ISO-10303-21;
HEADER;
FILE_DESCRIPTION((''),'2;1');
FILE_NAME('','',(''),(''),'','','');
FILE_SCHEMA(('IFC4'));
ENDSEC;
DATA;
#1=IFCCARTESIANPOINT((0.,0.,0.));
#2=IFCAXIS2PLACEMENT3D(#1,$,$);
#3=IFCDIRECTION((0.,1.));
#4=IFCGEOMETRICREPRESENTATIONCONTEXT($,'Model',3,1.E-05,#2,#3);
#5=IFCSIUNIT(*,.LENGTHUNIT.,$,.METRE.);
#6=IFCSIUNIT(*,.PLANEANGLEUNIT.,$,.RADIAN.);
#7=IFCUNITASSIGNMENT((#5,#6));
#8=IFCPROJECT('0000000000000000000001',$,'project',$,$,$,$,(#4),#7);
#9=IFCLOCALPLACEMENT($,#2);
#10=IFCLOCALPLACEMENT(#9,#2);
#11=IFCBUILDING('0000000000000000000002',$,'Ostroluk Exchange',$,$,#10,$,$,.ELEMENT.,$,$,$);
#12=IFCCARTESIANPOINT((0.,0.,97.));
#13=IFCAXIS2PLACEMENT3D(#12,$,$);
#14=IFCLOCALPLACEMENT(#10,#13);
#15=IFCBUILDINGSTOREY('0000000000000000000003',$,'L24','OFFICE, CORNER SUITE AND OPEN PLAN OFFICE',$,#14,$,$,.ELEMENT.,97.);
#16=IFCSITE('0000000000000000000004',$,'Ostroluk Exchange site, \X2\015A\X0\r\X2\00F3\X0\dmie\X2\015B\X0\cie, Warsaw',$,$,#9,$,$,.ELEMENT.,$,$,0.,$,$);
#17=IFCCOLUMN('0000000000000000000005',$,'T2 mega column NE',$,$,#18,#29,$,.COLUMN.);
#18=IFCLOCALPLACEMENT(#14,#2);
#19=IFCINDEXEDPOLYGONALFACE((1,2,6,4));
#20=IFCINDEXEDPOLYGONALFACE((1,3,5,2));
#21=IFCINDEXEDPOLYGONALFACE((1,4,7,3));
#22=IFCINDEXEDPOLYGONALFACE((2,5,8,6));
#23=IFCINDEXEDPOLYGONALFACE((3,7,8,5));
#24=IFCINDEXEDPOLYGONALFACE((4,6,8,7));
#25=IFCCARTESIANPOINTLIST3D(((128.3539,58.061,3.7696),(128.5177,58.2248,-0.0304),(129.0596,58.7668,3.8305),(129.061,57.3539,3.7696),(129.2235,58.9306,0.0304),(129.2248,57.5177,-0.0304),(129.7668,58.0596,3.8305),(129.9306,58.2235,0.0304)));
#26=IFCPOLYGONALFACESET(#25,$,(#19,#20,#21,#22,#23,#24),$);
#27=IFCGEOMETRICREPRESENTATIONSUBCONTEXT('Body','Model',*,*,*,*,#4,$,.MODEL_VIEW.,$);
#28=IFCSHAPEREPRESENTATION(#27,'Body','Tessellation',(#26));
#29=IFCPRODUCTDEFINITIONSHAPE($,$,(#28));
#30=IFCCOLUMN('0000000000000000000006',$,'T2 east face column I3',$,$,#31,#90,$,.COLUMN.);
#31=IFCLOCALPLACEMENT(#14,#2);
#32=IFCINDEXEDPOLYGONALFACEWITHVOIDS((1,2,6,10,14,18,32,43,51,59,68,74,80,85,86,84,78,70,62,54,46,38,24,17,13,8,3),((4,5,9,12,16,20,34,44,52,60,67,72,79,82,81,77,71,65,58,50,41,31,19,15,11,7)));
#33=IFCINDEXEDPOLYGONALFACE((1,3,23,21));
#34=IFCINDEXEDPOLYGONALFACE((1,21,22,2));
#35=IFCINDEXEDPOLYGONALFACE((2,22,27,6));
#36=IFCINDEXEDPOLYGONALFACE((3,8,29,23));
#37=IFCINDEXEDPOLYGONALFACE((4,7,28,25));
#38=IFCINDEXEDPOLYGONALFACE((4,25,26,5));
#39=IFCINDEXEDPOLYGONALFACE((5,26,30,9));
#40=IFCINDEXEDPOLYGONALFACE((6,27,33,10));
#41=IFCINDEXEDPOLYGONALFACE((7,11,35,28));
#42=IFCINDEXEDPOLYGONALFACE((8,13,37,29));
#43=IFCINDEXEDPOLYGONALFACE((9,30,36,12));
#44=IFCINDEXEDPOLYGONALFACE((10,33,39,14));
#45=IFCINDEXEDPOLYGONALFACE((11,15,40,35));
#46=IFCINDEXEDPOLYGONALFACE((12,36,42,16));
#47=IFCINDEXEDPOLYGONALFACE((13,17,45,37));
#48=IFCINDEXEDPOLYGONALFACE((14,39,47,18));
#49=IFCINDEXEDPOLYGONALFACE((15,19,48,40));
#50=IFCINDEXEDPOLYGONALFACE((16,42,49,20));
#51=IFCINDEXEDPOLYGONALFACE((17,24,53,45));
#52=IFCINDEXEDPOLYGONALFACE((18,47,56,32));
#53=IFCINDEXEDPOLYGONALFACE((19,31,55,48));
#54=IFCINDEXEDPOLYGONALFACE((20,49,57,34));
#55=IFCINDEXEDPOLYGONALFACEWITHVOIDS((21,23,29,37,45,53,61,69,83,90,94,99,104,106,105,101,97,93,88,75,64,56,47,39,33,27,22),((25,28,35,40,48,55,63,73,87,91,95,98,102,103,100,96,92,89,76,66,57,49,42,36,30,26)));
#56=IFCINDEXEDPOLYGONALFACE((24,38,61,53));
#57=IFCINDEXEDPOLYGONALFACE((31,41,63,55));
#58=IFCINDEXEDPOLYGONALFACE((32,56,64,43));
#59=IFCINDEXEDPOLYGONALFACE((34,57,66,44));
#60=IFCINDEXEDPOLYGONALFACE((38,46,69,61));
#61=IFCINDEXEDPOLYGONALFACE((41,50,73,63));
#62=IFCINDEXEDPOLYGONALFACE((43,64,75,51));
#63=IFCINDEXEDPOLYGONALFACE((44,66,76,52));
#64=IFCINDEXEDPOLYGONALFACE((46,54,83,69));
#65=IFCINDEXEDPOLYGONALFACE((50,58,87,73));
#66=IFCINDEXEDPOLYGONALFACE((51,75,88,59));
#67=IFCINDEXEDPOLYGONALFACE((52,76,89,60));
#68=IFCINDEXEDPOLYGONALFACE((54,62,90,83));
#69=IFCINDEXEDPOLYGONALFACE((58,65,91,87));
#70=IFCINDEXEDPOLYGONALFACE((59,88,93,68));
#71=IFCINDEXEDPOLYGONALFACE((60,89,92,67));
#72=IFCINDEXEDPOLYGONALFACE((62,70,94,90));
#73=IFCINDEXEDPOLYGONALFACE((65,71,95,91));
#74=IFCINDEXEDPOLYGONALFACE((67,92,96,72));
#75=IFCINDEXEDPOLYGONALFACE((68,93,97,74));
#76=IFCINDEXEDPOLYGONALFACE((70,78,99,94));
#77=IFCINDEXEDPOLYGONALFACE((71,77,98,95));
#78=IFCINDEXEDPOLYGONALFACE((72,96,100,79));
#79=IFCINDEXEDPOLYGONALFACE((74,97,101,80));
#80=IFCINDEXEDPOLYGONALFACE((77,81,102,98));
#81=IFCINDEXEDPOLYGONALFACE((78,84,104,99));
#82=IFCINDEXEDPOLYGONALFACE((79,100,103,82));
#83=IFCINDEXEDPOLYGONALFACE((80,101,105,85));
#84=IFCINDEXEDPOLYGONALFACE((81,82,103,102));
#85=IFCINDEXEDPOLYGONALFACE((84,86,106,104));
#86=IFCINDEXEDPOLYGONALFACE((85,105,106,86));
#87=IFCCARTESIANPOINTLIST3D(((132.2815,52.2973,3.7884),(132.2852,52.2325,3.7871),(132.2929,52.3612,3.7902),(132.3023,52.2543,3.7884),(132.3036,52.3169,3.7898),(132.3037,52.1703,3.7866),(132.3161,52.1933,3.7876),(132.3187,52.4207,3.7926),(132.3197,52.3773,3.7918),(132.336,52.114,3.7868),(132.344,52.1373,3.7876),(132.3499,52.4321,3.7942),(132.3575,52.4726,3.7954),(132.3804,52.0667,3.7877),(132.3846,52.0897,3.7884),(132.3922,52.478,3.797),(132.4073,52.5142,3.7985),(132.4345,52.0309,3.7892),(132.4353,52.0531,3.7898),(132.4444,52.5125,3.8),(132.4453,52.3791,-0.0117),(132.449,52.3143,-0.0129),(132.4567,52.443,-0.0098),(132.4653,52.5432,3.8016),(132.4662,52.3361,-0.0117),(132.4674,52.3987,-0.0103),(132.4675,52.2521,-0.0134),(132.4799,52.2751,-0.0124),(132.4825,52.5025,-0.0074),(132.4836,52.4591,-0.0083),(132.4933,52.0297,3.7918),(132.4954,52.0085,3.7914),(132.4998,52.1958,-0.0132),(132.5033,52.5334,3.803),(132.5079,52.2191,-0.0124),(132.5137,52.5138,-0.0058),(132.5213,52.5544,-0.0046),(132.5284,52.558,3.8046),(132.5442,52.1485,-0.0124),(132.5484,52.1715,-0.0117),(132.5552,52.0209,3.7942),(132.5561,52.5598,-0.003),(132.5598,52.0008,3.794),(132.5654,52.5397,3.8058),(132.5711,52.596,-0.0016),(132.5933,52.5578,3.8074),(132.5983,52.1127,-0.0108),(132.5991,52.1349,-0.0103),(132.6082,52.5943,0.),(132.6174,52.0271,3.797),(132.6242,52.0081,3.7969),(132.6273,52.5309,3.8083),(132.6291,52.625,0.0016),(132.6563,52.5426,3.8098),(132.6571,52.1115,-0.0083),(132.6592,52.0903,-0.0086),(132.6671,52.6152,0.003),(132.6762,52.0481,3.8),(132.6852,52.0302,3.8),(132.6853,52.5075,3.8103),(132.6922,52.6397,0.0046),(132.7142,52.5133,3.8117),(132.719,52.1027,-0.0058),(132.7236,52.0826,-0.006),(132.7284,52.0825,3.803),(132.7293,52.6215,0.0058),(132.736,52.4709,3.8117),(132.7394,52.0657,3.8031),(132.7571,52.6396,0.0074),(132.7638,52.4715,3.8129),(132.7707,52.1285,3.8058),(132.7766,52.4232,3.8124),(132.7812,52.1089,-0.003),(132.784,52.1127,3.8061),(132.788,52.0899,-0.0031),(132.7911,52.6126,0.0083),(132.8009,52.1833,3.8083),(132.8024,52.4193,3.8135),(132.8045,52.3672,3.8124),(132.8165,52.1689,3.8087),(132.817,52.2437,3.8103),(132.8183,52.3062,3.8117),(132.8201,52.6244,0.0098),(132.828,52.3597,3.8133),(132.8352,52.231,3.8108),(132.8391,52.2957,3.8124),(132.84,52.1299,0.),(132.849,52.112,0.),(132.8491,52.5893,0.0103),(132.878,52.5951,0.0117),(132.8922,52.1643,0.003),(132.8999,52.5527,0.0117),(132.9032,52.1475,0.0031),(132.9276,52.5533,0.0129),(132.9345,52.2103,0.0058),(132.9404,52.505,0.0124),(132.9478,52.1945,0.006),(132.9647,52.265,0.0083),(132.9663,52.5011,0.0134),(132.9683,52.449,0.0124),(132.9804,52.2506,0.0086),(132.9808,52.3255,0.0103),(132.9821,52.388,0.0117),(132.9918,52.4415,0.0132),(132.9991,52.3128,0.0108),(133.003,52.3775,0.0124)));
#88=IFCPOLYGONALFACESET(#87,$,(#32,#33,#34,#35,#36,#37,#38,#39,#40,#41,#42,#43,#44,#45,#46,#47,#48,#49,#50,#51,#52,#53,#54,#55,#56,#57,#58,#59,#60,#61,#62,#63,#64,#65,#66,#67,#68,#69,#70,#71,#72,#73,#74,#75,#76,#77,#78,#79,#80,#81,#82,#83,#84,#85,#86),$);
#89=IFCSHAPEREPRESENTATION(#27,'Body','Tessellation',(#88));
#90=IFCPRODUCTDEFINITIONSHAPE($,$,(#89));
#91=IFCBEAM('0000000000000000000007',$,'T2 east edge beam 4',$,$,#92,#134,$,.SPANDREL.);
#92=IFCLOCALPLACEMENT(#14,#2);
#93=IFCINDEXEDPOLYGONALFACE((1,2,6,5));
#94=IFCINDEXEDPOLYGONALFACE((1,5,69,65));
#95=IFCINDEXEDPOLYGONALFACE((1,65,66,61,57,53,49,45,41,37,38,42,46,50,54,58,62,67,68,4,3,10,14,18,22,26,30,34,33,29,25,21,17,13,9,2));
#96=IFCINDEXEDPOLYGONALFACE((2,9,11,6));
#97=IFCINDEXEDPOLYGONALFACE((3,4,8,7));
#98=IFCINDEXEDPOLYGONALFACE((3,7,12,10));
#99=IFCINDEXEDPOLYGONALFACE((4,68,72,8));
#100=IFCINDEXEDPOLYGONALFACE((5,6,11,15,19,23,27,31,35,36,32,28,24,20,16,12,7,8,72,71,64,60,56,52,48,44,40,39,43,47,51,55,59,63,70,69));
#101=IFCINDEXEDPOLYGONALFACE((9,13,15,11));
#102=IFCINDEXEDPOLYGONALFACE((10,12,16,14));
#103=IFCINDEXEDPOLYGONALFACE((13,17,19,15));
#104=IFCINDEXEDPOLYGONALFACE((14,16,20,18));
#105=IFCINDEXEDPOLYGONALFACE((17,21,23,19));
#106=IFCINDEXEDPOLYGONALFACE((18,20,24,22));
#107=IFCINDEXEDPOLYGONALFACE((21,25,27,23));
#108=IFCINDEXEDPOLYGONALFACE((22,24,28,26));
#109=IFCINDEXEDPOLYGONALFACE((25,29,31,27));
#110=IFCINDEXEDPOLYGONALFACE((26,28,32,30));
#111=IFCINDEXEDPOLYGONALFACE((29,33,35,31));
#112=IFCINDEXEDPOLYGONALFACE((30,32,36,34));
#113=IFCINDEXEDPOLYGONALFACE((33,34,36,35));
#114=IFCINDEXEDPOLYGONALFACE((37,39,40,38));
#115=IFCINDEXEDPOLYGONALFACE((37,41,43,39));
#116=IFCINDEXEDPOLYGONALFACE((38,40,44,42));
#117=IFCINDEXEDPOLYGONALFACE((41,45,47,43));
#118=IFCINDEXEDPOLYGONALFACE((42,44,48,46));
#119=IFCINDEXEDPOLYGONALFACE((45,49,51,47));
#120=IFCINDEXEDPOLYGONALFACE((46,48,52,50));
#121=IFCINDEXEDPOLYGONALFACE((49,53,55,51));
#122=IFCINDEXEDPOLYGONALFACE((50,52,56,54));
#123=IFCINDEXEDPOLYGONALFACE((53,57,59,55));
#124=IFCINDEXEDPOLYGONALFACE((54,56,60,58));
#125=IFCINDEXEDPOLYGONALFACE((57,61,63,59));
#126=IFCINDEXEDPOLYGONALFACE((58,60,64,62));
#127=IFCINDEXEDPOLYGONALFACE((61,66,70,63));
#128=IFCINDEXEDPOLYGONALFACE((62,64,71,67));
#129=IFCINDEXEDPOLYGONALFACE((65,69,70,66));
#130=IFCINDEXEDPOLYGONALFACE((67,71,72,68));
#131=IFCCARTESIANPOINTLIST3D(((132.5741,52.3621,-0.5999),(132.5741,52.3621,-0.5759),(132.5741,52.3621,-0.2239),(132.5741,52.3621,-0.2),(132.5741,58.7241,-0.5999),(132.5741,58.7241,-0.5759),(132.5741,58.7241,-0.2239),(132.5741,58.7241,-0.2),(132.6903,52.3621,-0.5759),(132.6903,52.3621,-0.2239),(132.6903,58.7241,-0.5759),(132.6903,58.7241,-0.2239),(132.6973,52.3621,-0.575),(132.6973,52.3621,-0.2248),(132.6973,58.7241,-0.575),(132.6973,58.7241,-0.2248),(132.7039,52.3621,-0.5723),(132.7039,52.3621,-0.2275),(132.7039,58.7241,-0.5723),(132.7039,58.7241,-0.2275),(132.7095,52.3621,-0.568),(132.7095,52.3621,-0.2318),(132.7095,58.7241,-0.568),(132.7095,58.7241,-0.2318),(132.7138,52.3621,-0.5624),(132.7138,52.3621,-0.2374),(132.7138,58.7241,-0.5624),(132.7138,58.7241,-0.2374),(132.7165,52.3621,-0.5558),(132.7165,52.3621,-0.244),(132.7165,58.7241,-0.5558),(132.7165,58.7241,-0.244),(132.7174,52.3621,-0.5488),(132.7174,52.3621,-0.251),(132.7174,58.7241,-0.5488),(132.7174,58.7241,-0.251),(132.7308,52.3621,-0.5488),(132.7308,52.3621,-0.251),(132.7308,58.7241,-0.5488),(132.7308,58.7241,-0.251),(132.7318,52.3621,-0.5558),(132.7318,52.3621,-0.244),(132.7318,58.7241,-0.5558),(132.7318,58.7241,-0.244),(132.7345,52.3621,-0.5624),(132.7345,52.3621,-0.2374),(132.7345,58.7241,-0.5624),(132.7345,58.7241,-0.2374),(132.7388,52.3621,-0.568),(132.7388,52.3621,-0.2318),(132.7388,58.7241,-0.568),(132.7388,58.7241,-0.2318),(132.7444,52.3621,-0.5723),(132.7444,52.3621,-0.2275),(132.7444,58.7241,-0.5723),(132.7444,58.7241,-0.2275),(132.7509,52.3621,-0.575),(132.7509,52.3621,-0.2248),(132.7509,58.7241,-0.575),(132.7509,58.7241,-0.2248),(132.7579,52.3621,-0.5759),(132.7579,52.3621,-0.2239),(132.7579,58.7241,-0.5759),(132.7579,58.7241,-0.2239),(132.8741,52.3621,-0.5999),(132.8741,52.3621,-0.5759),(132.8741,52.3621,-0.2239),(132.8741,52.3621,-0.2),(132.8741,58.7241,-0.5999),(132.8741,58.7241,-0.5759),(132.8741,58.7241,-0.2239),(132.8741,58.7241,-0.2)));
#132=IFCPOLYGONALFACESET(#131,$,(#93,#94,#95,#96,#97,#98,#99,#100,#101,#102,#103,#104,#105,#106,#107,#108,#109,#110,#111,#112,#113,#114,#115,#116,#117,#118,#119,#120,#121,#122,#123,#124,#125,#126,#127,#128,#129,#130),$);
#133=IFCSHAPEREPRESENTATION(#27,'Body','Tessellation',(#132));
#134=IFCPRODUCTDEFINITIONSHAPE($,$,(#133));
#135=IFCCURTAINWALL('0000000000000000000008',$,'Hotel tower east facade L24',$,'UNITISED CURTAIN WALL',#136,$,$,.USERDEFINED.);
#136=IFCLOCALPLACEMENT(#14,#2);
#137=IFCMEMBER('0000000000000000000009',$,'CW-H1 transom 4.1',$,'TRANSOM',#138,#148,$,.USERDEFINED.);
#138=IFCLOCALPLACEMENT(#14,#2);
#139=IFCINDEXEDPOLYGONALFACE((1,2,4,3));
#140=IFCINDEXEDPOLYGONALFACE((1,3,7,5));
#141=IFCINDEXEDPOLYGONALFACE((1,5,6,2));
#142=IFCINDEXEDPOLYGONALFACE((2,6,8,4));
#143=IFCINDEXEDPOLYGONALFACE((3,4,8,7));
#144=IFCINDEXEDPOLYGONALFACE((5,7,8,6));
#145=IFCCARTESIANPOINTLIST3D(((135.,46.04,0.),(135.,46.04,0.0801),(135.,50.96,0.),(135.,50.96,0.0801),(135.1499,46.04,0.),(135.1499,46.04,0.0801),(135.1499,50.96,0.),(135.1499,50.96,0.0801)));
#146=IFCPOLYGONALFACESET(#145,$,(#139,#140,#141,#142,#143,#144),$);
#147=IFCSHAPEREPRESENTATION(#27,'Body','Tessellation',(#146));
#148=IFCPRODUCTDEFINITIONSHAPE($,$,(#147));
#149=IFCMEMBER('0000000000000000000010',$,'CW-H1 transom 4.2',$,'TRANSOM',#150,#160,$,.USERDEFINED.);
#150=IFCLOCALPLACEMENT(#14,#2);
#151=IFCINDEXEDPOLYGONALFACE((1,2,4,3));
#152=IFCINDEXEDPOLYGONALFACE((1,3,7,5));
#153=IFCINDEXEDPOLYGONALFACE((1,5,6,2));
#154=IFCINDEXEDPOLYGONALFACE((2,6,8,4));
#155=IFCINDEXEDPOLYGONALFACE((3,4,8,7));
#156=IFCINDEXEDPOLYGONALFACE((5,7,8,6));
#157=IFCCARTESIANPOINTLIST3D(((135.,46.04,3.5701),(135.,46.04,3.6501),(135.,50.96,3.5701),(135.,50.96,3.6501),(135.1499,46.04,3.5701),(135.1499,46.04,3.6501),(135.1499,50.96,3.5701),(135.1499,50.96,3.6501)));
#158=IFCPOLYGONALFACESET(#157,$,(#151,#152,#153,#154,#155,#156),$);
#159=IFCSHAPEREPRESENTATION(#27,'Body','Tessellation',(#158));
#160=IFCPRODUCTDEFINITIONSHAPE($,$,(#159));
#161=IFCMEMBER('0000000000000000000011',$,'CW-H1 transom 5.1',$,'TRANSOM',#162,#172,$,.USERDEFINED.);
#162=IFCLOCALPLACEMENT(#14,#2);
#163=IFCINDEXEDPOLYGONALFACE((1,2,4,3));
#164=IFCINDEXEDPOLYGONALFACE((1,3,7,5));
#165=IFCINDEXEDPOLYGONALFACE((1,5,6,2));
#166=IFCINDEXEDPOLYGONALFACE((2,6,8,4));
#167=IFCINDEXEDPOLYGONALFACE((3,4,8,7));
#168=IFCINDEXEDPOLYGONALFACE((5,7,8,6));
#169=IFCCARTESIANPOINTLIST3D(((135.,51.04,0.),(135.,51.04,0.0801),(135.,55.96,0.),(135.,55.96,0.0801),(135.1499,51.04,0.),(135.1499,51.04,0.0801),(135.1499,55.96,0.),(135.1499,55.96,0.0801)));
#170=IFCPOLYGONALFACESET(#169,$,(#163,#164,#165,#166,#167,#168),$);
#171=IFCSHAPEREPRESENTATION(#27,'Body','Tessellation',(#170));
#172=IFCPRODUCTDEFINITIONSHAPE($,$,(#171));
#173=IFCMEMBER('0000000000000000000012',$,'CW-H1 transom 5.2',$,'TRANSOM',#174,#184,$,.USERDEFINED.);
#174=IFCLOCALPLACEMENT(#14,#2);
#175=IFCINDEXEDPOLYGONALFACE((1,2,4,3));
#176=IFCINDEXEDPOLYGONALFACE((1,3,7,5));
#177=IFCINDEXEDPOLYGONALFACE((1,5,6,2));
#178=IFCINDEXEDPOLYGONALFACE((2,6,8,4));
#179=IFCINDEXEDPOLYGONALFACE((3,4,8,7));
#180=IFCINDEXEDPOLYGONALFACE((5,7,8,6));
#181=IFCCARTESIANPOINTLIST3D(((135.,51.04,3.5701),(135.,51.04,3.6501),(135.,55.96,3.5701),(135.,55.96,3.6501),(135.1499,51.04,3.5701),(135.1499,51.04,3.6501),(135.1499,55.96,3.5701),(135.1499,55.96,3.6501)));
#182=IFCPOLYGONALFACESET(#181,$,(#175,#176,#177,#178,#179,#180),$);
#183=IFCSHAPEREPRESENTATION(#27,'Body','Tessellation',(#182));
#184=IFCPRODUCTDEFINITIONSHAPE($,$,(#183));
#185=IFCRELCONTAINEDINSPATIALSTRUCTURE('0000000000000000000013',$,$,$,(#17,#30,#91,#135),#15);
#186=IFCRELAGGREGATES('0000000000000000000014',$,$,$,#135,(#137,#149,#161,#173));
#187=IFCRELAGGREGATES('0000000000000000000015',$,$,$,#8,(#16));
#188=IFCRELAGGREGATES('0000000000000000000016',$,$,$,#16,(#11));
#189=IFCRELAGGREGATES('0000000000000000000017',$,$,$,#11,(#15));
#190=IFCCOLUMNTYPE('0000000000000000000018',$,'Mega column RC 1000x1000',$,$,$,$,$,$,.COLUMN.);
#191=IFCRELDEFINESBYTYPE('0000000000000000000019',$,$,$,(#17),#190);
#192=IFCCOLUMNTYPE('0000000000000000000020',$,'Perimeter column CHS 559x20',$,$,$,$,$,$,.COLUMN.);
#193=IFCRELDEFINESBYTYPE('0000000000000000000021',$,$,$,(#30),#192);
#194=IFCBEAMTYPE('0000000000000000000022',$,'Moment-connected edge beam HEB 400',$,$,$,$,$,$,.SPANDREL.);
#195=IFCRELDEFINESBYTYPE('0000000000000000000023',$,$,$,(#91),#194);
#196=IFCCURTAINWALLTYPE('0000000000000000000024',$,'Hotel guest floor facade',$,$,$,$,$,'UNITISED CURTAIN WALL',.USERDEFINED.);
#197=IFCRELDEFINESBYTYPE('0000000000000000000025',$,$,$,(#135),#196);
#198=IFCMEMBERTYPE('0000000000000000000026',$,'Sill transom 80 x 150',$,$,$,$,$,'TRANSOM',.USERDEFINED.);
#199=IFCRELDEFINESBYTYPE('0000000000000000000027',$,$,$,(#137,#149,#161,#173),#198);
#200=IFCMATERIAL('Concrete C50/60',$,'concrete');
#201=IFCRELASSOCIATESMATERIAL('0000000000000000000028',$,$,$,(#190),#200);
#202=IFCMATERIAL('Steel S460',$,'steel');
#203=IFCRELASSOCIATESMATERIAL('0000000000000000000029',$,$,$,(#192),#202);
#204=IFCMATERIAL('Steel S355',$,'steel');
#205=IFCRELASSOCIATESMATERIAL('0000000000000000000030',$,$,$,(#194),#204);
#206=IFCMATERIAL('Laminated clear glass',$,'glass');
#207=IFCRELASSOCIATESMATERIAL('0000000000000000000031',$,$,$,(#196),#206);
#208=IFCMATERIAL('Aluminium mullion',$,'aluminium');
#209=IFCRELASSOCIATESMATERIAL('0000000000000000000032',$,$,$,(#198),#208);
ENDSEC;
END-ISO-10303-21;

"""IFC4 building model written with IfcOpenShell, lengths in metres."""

from ifc_helpers import new_model, si_unit, direction, frame, origin, origin_2d, place, context, subcontext, project, spatial, rectangle, hollow_circle, i_section, extrude, material, material_profile, profile_set, type_object, element, aggregate, save


model = new_model("IFC4")

# Units and contexts
model_context = context("Model", 3, precision=1e-05, world=origin(), true_north=direction((0.0, 1.0)))
body_context = subcontext(model_context, "Body", "Model", "MODEL_VIEW")
ifc_project = project(units=[si_unit("LENGTHUNIT", "METRE"), si_unit("PLANEANGLEUNIT", "RADIAN")], contexts=[model_context])

# Site, building, storey
site_placement = place(None, origin())
site = spatial("IfcSite", under=ifc_project, at=site_placement, Name="Ostroluk Exchange site, Śródmieście, Warsaw", CompositionType="ELEMENT", RefElevation=0.0)
building_placement = place(site_placement, origin())
building = spatial("IfcBuilding", under=site, at=building_placement, Name="Ostroluk Exchange", CompositionType="ELEMENT")
storey_placement = place(building_placement, frame((0.0, 0.0, 97.0)))
storey = spatial("IfcBuildingStorey", under=building, at=storey_placement, Name="L24", Description="OFFICE, CORNER SUITE AND OPEN PLAN OFFICE", CompositionType="ELEMENT", Elevation=97.0)

# Columns
ifc_material_1 = material(Name="Concrete C50/60", Category="concrete")
ifc_material_profile_1 = material_profile(ifc_material_1, rectangle(XDim=1.0, YDim=1.0, at=origin_2d()), Name="RC 1000x1000")
ifc_profile_set_1 = profile_set([ifc_material_profile_1], Name="Concrete C50/60")
column_type_1 = type_object("IfcColumnType", Name="Mega column RC 1000x1000", PredefinedType="COLUMN", material=ifc_profile_set_1)
column_1_placement = place(storey_placement, frame((129.2241, 58.2241, 0.0), z_axis=(-0.04303, -0.04303, 0.998147), x_axis=(0.707107, -0.707107, 0.0)))
element("IfcColumn", 1, at=column_1_placement, inside=storey, type_object=column_type_1, Name="T2 mega column NE", PredefinedType="COLUMN", context=body_context, shape_type="SweptSolid", body=[
    extrude(rectangle(XDim=1.0, YDim=1.0, at=origin_2d()), origin(), (0.0, 0.0, 1.0), 3.8071),
])
ifc_material_2 = material(Name="Steel S460", Category="steel")
ifc_material_profile_2 = material_profile(ifc_material_2, hollow_circle(Radius=0.2795, WallThickness=0.02, at=origin_2d()), Name="CHS 559x20")
ifc_profile_set_2 = profile_set([ifc_material_profile_2], Name="Steel S460")
column_type_2 = type_object("IfcColumnType", Name="Perimeter column CHS 559x20", PredefinedType="COLUMN", material=ifc_profile_set_2)
column_2_placement = place(storey_placement, frame((132.7241, 52.3621, 0.0), z_axis=(-0.04306, -0.021498, 0.998841), x_axis=(0.44668, -0.894694, 0.0)))
element("IfcColumn", 2, at=column_2_placement, inside=storey, type_object=column_type_2, Name="T2 east face column I3", PredefinedType="COLUMN", context=body_context, shape_type="SweptSolid", body=[
    extrude(hollow_circle(Radius=0.2795, WallThickness=0.02, at=origin_2d()), origin(), (0.0, 0.0, 1.0), 3.8044),
])

# Beam
ifc_material_3 = material(Name="Steel S355", Category="steel")
ifc_material_profile_3 = material_profile(ifc_material_3, i_section(OverallWidth=0.3, OverallDepth=0.3999, WebThickness=0.0134, FlangeThickness=0.0239, FilletRadius=0.0271, at=origin_2d()), Name="HEB 400")
ifc_profile_set_3 = profile_set([ifc_material_profile_3], Name="Steel S355")
beam_type = type_object("IfcBeamType", Name="Moment-connected edge beam HEB 400", PredefinedType="SPANDREL", material=ifc_profile_set_3)
beam_placement = place(storey_placement, frame((132.7241, 52.3621, -0.3999), z_axis=(0.0, 1.0, 0.0), x_axis=(-1.0, 0.0, 0.0)))
element("IfcBeam", 3, at=beam_placement, inside=storey, type_object=beam_type, Name="T2 east edge beam 4", PredefinedType="SPANDREL", context=body_context, shape_type="SweptSolid", body=[
    extrude(i_section(OverallWidth=0.3, OverallDepth=0.3999, WebThickness=0.0134, FlangeThickness=0.0239, FilletRadius=0.0271, at=origin_2d()), origin(), (0.0, 0.0, 1.0), 6.3621),
])

# Curtain wall, members
ifc_material_4 = material(Name="Laminated clear glass", Category="glass")
curtain_wall_type = type_object("IfcCurtainWallType", Name="Hotel guest floor facade", ElementType="UNITISED CURTAIN WALL", PredefinedType="USERDEFINED", material=ifc_material_4)
curtain_wall_placement = place(storey_placement, origin())
curtain_wall = element("IfcCurtainWall", 4, at=curtain_wall_placement, inside=storey, type_object=curtain_wall_type, Name="Hotel tower east facade L24", ObjectType="UNITISED CURTAIN WALL", PredefinedType="USERDEFINED")
ifc_material_5 = material(Name="Aluminium mullion", Category="aluminium")
ifc_material_profile_4 = material_profile(ifc_material_5, rectangle(XDim=0.1499, YDim=0.0801, at=origin_2d()), Name="Sill transom 80 x 150")
ifc_profile_set_4 = profile_set([ifc_material_profile_4], Name="Aluminium mullion")
member_type_1 = type_object("IfcMemberType", Name="Sill transom 80 x 150", ElementType="TRANSOM", PredefinedType="USERDEFINED", material=ifc_profile_set_4)
member_1_placement = place(storey_placement, frame((135.075, 46.04, 0.04), z_axis=(0.0, 1.0, 0.0), x_axis=(-1.0, 0.0, 0.0)))
member_1 = element("IfcMember", 5, at=member_1_placement, type_object=member_type_1, Name="CW-H1 transom 4.1", ObjectType="TRANSOM", PredefinedType="USERDEFINED", context=body_context, shape_type="SweptSolid", body=[
    extrude(rectangle(XDim=0.1499, YDim=0.0801, at=origin_2d()), origin(), (0.0, 0.0, 1.0), 4.9199),
])
member_2_placement = place(storey_placement, frame((135.075, 46.04, 3.6101), z_axis=(0.0, 1.0, 0.0), x_axis=(-1.0, 0.0, 0.0)))
member_2 = element("IfcMember", 6, at=member_2_placement, type_object=member_type_1, Name="CW-H1 transom 4.2", ObjectType="TRANSOM", PredefinedType="USERDEFINED", context=body_context, shape_type="SweptSolid", body=[
    extrude(rectangle(XDim=0.1499, YDim=0.0801, at=origin_2d()), origin(), (0.0, 0.0, 1.0), 4.9199),
])
member_3_placement = place(storey_placement, frame((135.075, 51.04, 0.04), z_axis=(0.0, 1.0, 0.0), x_axis=(-1.0, 0.0, 0.0)))
member_3 = element("IfcMember", 7, at=member_3_placement, type_object=member_type_1, Name="CW-H1 transom 5.1", ObjectType="TRANSOM", PredefinedType="USERDEFINED", context=body_context, shape_type="SweptSolid", body=[
    extrude(rectangle(XDim=0.1499, YDim=0.0801, at=origin_2d()), origin(), (0.0, 0.0, 1.0), 4.9199),
])
member_4_placement = place(storey_placement, frame((135.075, 51.04, 3.6101), z_axis=(0.0, 1.0, 0.0), x_axis=(-1.0, 0.0, 0.0)))
member_4 = element("IfcMember", 8, at=member_4_placement, type_object=member_type_1, Name="CW-H1 transom 5.2", ObjectType="TRANSOM", PredefinedType="USERDEFINED", context=body_context, shape_type="SweptSolid", body=[
    extrude(rectangle(XDim=0.1499, YDim=0.0801, at=origin_2d()), origin(), (0.0, 0.0, 1.0), 4.9199),
])
aggregate(curtain_wall, [member_1, member_2, member_3, member_4])

save(model, "model.ifc")
